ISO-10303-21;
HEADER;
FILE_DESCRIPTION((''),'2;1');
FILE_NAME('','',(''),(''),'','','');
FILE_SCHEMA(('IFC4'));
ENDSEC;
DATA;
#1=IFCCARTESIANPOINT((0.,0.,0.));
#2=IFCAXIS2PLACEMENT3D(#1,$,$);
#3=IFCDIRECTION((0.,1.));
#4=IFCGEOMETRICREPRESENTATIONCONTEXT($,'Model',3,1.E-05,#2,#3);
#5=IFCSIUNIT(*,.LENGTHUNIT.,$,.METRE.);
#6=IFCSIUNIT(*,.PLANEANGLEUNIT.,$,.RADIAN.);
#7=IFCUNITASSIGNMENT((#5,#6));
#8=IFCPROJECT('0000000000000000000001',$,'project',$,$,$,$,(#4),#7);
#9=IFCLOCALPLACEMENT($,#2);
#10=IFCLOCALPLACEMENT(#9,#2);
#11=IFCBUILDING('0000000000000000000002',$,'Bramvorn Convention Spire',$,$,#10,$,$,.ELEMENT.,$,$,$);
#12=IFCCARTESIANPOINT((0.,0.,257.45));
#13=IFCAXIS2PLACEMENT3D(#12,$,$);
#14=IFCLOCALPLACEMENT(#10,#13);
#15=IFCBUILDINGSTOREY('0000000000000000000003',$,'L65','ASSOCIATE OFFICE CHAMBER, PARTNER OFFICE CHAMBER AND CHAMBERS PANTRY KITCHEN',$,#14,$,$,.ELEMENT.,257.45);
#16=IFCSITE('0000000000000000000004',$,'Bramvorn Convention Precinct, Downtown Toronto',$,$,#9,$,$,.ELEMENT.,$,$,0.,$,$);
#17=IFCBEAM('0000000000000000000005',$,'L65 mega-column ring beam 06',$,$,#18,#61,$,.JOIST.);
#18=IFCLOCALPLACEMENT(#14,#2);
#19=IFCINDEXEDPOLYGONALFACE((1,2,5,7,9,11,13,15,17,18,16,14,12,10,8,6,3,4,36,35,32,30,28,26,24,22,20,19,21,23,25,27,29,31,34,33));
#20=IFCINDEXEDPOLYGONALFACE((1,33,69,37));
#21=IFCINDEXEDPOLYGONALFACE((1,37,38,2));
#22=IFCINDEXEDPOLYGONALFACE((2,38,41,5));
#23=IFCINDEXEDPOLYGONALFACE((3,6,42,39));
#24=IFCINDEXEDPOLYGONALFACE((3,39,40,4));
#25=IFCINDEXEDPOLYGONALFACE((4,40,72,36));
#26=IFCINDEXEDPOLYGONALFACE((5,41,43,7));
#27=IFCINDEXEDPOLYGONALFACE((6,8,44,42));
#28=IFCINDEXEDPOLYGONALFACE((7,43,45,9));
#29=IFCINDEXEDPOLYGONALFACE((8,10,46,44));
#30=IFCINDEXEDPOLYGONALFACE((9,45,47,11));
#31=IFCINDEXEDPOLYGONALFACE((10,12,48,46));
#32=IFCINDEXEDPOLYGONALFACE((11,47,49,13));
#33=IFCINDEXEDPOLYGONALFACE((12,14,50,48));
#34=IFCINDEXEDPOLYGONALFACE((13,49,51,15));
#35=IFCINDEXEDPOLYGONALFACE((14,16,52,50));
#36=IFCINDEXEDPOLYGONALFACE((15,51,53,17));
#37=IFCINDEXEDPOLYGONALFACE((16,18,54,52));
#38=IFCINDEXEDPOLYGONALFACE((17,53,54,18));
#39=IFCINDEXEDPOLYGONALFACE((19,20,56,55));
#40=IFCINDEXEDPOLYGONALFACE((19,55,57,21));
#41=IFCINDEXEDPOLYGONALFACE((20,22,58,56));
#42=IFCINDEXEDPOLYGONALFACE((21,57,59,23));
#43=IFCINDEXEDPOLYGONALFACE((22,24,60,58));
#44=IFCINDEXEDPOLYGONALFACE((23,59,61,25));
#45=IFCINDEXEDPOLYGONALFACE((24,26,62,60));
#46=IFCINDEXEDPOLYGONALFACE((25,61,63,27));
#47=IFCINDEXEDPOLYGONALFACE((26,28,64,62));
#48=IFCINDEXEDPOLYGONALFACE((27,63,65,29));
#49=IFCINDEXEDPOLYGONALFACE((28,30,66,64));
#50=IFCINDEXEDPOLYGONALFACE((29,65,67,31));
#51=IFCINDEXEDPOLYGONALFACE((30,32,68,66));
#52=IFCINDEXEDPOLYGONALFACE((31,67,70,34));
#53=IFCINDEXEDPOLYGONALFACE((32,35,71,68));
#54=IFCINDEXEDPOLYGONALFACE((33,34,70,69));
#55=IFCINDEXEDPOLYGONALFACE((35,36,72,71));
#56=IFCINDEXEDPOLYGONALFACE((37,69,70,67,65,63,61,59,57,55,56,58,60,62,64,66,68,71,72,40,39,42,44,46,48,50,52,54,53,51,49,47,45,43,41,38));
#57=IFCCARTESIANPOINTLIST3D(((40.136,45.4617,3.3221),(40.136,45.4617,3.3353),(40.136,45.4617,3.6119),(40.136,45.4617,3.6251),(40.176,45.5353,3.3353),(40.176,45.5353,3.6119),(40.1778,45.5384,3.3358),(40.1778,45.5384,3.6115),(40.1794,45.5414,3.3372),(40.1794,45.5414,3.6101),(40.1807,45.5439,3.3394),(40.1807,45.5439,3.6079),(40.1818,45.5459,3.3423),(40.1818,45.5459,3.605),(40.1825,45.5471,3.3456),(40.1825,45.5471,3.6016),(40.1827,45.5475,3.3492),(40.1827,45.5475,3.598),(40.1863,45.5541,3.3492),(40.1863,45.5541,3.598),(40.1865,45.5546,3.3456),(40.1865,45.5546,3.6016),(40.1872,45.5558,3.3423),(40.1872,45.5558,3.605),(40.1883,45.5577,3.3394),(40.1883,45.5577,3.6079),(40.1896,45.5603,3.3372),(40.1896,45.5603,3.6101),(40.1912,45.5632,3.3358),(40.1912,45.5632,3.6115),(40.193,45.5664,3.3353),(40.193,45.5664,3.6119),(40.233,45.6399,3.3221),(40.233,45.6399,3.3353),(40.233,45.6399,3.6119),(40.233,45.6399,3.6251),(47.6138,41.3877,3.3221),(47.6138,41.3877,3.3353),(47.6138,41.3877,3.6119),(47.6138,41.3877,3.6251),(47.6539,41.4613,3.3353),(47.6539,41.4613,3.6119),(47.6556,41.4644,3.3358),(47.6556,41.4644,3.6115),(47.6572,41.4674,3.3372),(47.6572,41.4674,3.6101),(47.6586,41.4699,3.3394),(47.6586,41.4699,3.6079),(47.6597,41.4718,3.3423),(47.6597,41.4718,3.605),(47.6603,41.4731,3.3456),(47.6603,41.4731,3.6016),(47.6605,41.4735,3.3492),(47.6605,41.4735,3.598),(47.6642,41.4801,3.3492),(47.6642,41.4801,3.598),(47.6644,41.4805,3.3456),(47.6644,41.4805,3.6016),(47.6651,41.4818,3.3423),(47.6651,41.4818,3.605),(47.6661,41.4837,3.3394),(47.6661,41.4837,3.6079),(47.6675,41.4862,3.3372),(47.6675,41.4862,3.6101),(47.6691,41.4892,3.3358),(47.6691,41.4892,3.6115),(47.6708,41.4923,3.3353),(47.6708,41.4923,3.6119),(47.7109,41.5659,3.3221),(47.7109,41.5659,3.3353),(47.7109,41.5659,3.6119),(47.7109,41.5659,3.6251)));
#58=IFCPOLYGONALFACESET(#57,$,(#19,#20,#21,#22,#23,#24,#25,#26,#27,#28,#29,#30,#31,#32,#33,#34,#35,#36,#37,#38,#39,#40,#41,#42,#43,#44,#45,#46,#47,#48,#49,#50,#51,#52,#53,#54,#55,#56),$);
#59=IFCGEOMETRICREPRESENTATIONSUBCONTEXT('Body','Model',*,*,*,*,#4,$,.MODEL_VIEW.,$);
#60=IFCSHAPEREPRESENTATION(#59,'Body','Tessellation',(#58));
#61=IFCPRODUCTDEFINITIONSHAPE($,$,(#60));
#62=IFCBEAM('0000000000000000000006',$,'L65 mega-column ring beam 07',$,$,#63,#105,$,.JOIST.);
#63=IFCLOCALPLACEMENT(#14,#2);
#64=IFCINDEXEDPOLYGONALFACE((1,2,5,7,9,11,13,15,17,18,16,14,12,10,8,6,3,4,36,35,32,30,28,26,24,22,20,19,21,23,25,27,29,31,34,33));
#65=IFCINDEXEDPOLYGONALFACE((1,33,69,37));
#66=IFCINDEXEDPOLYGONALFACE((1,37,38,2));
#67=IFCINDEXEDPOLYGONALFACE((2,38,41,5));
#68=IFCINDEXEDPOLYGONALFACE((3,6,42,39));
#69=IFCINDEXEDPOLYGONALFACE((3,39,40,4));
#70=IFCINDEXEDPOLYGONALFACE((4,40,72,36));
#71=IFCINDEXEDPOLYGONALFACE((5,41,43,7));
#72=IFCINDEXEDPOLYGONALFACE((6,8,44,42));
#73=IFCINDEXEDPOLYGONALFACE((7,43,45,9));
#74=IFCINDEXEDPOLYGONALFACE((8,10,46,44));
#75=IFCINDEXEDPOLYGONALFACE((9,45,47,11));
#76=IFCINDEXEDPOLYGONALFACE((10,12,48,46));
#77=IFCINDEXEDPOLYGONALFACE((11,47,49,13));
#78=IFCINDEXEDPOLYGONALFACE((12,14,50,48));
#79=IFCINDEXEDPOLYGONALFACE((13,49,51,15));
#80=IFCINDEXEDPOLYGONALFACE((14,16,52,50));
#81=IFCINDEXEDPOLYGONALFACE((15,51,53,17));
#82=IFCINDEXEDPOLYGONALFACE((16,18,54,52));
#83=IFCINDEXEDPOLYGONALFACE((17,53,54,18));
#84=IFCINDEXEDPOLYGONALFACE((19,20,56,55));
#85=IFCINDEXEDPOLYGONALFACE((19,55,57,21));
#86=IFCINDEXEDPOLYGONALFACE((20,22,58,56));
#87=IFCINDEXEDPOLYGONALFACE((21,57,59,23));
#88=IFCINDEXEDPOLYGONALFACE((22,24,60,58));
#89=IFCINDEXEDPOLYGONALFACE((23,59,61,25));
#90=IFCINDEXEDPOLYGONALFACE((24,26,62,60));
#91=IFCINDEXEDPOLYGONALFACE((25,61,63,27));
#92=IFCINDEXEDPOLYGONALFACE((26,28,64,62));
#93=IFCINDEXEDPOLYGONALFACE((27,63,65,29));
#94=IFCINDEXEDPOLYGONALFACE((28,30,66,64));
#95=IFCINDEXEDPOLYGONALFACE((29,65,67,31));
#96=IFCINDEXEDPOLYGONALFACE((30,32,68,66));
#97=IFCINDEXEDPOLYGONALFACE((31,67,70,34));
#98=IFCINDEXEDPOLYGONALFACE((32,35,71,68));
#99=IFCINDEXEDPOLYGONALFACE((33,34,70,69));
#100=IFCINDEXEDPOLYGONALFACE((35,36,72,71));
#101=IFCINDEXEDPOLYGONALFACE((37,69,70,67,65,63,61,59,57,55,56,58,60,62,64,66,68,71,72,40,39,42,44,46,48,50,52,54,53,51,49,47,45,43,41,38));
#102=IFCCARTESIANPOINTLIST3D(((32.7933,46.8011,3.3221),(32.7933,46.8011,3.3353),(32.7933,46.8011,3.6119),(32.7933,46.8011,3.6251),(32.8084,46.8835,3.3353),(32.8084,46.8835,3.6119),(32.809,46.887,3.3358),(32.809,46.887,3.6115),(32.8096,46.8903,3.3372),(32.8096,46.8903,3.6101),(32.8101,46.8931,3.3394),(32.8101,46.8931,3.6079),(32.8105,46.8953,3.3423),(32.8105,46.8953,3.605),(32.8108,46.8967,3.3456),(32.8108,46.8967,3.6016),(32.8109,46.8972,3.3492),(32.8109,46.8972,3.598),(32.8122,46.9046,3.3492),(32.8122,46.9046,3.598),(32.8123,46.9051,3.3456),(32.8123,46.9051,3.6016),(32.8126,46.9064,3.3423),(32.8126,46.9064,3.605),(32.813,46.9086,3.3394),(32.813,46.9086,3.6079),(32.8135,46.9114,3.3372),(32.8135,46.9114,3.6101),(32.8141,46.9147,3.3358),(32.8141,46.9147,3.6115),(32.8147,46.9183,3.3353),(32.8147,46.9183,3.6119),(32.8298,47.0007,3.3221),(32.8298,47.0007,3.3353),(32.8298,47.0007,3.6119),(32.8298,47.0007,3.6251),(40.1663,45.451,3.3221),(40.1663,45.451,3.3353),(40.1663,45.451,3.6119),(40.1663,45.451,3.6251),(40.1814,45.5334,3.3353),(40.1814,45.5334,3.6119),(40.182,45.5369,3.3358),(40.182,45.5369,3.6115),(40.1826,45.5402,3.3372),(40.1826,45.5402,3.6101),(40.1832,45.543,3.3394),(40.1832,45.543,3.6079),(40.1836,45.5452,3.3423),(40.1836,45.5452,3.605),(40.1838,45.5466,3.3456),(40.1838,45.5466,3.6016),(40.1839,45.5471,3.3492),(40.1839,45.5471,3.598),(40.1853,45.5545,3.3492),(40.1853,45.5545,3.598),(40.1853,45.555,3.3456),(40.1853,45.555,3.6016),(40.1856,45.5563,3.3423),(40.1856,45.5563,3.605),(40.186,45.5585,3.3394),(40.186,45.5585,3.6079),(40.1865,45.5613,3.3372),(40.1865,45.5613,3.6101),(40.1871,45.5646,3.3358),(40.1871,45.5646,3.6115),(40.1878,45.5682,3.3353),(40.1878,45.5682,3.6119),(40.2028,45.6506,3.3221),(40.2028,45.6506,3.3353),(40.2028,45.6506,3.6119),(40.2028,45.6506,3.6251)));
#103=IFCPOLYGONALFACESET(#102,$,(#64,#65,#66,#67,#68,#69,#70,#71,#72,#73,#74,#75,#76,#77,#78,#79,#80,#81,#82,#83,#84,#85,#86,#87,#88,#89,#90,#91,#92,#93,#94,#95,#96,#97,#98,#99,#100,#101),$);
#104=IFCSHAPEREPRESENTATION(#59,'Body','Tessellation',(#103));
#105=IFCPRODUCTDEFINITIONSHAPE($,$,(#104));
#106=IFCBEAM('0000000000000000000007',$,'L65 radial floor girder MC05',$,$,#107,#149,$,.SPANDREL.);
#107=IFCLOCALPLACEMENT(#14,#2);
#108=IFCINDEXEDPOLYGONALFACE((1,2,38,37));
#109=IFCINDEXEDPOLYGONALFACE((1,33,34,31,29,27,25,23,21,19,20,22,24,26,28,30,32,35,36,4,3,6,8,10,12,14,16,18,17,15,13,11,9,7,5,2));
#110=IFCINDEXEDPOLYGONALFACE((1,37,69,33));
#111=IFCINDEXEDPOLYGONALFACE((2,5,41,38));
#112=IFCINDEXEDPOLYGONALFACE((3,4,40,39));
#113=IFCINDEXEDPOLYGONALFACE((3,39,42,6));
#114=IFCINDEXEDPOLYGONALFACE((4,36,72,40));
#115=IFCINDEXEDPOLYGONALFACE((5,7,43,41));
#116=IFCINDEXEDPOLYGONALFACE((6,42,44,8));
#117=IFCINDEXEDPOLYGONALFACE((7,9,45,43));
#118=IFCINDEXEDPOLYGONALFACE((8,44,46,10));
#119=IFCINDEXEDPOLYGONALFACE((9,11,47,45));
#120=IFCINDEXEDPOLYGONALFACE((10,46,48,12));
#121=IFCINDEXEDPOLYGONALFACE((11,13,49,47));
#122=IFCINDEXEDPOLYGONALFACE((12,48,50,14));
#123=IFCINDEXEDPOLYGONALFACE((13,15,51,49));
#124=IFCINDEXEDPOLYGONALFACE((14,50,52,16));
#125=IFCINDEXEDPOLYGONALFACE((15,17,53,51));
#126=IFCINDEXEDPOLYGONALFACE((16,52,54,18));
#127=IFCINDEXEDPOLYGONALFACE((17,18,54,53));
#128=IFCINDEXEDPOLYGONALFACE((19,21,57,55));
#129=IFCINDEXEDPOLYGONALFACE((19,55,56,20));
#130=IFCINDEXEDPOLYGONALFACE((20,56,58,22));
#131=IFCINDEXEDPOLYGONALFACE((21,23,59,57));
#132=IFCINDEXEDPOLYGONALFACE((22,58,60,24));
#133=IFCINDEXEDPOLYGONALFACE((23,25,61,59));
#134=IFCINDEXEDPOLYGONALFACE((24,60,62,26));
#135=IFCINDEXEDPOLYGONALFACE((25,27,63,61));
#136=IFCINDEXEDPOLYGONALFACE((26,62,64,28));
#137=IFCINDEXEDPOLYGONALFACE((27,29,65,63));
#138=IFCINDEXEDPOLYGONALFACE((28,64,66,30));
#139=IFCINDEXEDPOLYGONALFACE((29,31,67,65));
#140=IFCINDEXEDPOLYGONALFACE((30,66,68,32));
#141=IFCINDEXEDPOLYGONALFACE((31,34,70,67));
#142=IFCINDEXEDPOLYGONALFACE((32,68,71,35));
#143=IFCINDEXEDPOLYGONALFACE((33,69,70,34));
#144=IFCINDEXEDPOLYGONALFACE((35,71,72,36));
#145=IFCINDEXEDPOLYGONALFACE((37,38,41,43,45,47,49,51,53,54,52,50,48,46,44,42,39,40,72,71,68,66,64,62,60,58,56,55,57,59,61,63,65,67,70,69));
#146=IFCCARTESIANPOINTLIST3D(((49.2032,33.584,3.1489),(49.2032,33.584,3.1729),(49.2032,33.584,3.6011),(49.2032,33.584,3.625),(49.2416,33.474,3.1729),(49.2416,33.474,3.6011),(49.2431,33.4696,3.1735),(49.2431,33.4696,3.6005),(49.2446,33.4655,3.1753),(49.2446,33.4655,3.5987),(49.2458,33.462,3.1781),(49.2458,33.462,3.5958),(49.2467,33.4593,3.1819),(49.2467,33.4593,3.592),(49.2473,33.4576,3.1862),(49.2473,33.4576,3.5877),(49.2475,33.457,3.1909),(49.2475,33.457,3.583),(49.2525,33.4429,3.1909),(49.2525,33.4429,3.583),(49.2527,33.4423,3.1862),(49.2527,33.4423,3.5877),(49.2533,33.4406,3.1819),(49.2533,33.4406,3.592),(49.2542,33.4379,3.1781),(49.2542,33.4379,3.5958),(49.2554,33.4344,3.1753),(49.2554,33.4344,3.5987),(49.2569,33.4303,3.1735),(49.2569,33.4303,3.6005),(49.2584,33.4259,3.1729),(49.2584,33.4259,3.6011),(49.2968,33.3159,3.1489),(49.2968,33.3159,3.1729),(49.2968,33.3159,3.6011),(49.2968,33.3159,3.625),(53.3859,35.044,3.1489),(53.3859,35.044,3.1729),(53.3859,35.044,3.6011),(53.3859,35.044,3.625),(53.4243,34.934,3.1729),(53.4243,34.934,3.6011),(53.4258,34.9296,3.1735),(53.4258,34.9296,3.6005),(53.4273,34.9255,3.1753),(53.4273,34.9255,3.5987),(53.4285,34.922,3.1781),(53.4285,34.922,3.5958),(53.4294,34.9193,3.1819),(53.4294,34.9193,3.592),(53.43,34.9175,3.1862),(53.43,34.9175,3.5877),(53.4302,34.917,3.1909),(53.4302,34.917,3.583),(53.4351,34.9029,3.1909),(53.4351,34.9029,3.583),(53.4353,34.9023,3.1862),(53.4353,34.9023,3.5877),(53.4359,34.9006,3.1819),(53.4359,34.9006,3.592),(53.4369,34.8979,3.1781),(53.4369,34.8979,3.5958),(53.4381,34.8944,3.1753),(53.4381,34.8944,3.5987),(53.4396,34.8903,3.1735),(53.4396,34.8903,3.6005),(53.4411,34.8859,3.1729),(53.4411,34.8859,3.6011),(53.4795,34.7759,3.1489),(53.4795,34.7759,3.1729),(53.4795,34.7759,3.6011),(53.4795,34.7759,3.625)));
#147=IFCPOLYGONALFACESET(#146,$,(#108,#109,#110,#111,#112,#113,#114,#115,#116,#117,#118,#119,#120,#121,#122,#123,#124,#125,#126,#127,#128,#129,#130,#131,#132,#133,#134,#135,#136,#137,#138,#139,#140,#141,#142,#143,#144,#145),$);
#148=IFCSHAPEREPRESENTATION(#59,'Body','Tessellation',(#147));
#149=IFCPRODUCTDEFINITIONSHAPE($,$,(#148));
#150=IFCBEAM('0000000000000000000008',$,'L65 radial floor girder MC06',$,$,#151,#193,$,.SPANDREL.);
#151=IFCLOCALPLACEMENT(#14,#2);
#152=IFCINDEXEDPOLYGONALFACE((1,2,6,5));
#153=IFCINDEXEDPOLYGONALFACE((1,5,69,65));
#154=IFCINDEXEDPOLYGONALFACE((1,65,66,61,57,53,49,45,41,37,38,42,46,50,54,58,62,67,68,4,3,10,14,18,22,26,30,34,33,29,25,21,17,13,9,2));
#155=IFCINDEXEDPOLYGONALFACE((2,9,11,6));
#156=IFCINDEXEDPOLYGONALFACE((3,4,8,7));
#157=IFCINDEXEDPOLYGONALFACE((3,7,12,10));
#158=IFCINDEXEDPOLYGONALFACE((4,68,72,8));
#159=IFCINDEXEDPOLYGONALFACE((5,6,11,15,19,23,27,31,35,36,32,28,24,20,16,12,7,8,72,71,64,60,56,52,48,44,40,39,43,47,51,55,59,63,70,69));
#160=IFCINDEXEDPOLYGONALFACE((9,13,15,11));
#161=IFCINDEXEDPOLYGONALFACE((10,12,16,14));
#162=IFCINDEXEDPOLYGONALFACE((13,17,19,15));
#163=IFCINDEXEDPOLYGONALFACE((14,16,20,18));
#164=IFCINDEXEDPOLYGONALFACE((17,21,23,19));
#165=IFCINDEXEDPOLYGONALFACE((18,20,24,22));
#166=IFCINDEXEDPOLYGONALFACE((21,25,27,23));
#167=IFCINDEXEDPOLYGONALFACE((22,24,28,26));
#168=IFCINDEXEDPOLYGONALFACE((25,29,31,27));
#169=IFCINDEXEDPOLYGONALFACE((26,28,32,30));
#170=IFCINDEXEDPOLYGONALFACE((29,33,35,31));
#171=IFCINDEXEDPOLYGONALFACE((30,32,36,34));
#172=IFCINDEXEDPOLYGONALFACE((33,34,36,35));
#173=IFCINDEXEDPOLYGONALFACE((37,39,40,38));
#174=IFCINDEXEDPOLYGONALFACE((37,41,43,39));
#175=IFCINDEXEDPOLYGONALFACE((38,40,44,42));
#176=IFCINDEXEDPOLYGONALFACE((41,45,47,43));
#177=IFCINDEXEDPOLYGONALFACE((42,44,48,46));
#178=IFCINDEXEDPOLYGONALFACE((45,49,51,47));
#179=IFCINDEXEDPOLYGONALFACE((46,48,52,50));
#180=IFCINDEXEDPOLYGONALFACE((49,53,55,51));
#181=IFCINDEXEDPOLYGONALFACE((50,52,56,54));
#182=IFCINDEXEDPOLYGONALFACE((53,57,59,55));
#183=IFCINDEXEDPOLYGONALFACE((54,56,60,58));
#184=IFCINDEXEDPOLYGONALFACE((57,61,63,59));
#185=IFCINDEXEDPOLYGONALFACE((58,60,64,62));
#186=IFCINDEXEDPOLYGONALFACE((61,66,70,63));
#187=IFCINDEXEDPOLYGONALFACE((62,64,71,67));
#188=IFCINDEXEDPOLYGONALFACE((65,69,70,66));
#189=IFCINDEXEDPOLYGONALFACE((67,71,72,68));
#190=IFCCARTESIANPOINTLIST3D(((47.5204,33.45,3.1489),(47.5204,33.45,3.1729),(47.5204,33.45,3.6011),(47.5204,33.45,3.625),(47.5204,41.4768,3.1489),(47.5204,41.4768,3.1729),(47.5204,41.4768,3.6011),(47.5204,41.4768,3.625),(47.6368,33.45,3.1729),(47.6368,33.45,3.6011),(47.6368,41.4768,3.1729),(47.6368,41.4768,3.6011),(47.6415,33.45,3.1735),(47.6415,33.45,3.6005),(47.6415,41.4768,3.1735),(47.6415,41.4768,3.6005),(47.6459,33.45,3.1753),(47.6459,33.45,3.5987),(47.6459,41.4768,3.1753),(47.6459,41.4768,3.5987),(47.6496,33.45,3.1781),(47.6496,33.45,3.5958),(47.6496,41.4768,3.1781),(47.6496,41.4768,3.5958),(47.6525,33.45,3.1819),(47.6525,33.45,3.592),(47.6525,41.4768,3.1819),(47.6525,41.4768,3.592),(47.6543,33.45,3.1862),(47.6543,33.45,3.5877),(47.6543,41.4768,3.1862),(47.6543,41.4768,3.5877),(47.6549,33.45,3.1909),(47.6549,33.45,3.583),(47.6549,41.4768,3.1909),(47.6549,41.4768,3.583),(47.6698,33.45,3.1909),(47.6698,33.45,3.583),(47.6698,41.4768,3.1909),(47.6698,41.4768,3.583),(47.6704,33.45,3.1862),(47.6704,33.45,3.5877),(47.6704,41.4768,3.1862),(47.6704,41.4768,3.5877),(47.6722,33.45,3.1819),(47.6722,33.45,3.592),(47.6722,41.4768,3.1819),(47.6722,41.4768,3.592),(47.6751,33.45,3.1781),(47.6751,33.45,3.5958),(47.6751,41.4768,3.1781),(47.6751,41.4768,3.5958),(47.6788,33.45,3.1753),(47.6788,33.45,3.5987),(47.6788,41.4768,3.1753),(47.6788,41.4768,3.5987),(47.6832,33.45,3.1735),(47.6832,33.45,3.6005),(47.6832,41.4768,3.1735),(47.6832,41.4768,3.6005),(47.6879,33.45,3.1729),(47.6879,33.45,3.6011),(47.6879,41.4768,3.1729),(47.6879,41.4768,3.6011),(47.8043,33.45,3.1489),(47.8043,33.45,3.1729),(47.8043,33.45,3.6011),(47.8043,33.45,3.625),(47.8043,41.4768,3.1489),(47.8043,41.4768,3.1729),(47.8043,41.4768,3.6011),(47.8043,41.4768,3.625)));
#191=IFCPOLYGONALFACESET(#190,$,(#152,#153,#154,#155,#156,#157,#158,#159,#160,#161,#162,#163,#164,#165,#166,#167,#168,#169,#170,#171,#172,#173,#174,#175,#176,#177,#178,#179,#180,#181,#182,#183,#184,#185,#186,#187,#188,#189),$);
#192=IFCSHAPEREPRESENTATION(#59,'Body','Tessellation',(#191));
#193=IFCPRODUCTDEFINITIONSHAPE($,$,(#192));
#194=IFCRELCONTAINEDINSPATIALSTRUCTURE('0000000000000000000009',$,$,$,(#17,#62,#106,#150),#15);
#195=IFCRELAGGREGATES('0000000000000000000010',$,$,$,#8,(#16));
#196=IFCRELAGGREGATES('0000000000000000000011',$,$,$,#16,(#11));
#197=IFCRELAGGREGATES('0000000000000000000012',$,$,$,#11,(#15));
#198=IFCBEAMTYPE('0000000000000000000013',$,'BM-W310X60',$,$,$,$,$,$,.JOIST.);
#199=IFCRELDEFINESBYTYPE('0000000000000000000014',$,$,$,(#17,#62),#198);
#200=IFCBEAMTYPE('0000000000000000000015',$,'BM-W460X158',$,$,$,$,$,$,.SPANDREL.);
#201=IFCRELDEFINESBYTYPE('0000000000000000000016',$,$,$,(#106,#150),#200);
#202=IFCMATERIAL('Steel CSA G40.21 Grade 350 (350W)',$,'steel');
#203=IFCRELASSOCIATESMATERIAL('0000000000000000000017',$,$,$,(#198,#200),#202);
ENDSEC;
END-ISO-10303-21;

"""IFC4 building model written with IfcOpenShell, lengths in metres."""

from ifc_helpers import new_model, si_unit, direction, frame, origin, origin_2d, place, context, subcontext, project, spatial, i_section, extrude, material, material_profile, profile_set, type_object, element, save


model = new_model("IFC4")

# Units and contexts
model_context = context("Model", 3, precision=1e-05, world=origin(), true_north=direction((0.0, 1.0)))
body_context = subcontext(model_context, "Body", "Model", "MODEL_VIEW")
ifc_project = project(units=[si_unit("LENGTHUNIT", "METRE"), si_unit("PLANEANGLEUNIT", "RADIAN")], contexts=[model_context])

# Site, building, storey
site_placement = place(None, origin())
site = spatial("IfcSite", under=ifc_project, at=site_placement, Name="Bramvorn Convention Precinct, Downtown Toronto", CompositionType="ELEMENT", RefElevation=0.0)
building_placement = place(site_placement, origin())
building = spatial("IfcBuilding", under=site, at=building_placement, Name="Bramvorn Convention Spire", CompositionType="ELEMENT")
storey_placement = place(building_placement, frame((0.0, 0.0, 257.45)))
storey = spatial("IfcBuildingStorey", under=building, at=storey_placement, Name="L65", Description="ASSOCIATE OFFICE CHAMBER, PARTNER OFFICE CHAMBER AND CHAMBERS PANTRY KITCHEN", CompositionType="ELEMENT", Elevation=257.45)

# Shared definitions
ifc_material_1 = material(Name="Steel CSA G40.21 Grade 350 (350W)", Category="steel")

# Beams
ifc_material_profile_1 = material_profile(ifc_material_1, i_section(OverallWidth=0.2029, OverallDepth=0.303, WebThickness=0.0076, FlangeThickness=0.0132, FilletRadius=0.0139, at=origin_2d()))
ifc_profile_set_1 = profile_set([ifc_material_profile_1], Name="Steel CSA G40.21 Grade 350 (350W) - W310X60")
beam_type_1 = type_object("IfcBeamType", Name="BM-W310X60", PredefinedType="JOIST", material=ifc_profile_set_1)
beam_1_placement = place(storey_placement, frame((47.6624, 41.4768, 3.4736), z_axis=(-0.878133, 0.478416, 0.0), x_axis=(-0.478416, -0.878133, 0.0)))
element("IfcBeam", 1, at=beam_1_placement, inside=storey, type_object=beam_type_1, Name="L65 mega-column ring beam 06", PredefinedType="JOIST", context=body_context, shape_type="SweptSolid", body=[
    extrude(i_section(OverallWidth=0.2029, OverallDepth=0.303, WebThickness=0.0076, FlangeThickness=0.0132, FilletRadius=0.0139, at=origin_2d()), origin(), (0.0, 0.0, 1.0), 8.5156),
])
beam_2_placement = place(storey_placement, frame((40.1846, 45.5508, 3.4736), z_axis=(-0.983645, 0.180118, 0.0), x_axis=(-0.180118, -0.983645, 0.0)))
element("IfcBeam", 2, at=beam_2_placement, inside=storey, type_object=beam_type_1, Name="L65 mega-column ring beam 07", PredefinedType="JOIST", context=body_context, shape_type="SweptSolid", body=[
    extrude(i_section(OverallWidth=0.2029, OverallDepth=0.303, WebThickness=0.0076, FlangeThickness=0.0132, FilletRadius=0.0139, at=origin_2d()), origin(), (0.0, 0.0, 1.0), 7.4956),
])
ifc_material_profile_2 = material_profile(ifc_material_1, i_section(OverallWidth=0.2839, OverallDepth=0.4761, WebThickness=0.0149, FlangeThickness=0.0239, FilletRadius=0.0181, at=origin_2d()))
ifc_profile_set_2 = profile_set([ifc_material_profile_2], Name="Steel CSA G40.21 Grade 350 (350W) - W460X158")
beam_type_2 = type_object("IfcBeamType", Name="BM-W460X158", PredefinedType="SPANDREL", material=ifc_profile_set_2)
beam_3_placement = place(storey_placement, frame((49.25, 33.45, 3.387), z_axis=(0.944136, 0.329555, 0.0), x_axis=(-0.329555, 0.944136, 0.0)))
element("IfcBeam", 3, at=beam_3_placement, inside=storey, type_object=beam_type_2, Name="L65 radial floor girder MC05", PredefinedType="SPANDREL", context=body_context, shape_type="SweptSolid", body=[
    extrude(i_section(OverallWidth=0.2839, OverallDepth=0.4761, WebThickness=0.0149, FlangeThickness=0.0239, FilletRadius=0.0181, at=origin_2d()), origin(), (0.0, 0.0, 1.0), 4.4302),
])
beam_4_placement = place(storey_placement, frame((47.6624, 33.45, 3.387), z_axis=(0.0, 1.0, 0.0), x_axis=(-1.0, 0.0, 0.0)))
element("IfcBeam", 4, at=beam_4_placement, inside=storey, type_object=beam_type_2, Name="L65 radial floor girder MC06", PredefinedType="SPANDREL", context=body_context, shape_type="SweptSolid", body=[
    extrude(i_section(OverallWidth=0.2839, OverallDepth=0.4761, WebThickness=0.0149, FlangeThickness=0.0239, FilletRadius=0.0181, at=origin_2d()), origin(), (0.0, 0.0, 1.0), 8.0269),
])

save(model, "model.ifc")
